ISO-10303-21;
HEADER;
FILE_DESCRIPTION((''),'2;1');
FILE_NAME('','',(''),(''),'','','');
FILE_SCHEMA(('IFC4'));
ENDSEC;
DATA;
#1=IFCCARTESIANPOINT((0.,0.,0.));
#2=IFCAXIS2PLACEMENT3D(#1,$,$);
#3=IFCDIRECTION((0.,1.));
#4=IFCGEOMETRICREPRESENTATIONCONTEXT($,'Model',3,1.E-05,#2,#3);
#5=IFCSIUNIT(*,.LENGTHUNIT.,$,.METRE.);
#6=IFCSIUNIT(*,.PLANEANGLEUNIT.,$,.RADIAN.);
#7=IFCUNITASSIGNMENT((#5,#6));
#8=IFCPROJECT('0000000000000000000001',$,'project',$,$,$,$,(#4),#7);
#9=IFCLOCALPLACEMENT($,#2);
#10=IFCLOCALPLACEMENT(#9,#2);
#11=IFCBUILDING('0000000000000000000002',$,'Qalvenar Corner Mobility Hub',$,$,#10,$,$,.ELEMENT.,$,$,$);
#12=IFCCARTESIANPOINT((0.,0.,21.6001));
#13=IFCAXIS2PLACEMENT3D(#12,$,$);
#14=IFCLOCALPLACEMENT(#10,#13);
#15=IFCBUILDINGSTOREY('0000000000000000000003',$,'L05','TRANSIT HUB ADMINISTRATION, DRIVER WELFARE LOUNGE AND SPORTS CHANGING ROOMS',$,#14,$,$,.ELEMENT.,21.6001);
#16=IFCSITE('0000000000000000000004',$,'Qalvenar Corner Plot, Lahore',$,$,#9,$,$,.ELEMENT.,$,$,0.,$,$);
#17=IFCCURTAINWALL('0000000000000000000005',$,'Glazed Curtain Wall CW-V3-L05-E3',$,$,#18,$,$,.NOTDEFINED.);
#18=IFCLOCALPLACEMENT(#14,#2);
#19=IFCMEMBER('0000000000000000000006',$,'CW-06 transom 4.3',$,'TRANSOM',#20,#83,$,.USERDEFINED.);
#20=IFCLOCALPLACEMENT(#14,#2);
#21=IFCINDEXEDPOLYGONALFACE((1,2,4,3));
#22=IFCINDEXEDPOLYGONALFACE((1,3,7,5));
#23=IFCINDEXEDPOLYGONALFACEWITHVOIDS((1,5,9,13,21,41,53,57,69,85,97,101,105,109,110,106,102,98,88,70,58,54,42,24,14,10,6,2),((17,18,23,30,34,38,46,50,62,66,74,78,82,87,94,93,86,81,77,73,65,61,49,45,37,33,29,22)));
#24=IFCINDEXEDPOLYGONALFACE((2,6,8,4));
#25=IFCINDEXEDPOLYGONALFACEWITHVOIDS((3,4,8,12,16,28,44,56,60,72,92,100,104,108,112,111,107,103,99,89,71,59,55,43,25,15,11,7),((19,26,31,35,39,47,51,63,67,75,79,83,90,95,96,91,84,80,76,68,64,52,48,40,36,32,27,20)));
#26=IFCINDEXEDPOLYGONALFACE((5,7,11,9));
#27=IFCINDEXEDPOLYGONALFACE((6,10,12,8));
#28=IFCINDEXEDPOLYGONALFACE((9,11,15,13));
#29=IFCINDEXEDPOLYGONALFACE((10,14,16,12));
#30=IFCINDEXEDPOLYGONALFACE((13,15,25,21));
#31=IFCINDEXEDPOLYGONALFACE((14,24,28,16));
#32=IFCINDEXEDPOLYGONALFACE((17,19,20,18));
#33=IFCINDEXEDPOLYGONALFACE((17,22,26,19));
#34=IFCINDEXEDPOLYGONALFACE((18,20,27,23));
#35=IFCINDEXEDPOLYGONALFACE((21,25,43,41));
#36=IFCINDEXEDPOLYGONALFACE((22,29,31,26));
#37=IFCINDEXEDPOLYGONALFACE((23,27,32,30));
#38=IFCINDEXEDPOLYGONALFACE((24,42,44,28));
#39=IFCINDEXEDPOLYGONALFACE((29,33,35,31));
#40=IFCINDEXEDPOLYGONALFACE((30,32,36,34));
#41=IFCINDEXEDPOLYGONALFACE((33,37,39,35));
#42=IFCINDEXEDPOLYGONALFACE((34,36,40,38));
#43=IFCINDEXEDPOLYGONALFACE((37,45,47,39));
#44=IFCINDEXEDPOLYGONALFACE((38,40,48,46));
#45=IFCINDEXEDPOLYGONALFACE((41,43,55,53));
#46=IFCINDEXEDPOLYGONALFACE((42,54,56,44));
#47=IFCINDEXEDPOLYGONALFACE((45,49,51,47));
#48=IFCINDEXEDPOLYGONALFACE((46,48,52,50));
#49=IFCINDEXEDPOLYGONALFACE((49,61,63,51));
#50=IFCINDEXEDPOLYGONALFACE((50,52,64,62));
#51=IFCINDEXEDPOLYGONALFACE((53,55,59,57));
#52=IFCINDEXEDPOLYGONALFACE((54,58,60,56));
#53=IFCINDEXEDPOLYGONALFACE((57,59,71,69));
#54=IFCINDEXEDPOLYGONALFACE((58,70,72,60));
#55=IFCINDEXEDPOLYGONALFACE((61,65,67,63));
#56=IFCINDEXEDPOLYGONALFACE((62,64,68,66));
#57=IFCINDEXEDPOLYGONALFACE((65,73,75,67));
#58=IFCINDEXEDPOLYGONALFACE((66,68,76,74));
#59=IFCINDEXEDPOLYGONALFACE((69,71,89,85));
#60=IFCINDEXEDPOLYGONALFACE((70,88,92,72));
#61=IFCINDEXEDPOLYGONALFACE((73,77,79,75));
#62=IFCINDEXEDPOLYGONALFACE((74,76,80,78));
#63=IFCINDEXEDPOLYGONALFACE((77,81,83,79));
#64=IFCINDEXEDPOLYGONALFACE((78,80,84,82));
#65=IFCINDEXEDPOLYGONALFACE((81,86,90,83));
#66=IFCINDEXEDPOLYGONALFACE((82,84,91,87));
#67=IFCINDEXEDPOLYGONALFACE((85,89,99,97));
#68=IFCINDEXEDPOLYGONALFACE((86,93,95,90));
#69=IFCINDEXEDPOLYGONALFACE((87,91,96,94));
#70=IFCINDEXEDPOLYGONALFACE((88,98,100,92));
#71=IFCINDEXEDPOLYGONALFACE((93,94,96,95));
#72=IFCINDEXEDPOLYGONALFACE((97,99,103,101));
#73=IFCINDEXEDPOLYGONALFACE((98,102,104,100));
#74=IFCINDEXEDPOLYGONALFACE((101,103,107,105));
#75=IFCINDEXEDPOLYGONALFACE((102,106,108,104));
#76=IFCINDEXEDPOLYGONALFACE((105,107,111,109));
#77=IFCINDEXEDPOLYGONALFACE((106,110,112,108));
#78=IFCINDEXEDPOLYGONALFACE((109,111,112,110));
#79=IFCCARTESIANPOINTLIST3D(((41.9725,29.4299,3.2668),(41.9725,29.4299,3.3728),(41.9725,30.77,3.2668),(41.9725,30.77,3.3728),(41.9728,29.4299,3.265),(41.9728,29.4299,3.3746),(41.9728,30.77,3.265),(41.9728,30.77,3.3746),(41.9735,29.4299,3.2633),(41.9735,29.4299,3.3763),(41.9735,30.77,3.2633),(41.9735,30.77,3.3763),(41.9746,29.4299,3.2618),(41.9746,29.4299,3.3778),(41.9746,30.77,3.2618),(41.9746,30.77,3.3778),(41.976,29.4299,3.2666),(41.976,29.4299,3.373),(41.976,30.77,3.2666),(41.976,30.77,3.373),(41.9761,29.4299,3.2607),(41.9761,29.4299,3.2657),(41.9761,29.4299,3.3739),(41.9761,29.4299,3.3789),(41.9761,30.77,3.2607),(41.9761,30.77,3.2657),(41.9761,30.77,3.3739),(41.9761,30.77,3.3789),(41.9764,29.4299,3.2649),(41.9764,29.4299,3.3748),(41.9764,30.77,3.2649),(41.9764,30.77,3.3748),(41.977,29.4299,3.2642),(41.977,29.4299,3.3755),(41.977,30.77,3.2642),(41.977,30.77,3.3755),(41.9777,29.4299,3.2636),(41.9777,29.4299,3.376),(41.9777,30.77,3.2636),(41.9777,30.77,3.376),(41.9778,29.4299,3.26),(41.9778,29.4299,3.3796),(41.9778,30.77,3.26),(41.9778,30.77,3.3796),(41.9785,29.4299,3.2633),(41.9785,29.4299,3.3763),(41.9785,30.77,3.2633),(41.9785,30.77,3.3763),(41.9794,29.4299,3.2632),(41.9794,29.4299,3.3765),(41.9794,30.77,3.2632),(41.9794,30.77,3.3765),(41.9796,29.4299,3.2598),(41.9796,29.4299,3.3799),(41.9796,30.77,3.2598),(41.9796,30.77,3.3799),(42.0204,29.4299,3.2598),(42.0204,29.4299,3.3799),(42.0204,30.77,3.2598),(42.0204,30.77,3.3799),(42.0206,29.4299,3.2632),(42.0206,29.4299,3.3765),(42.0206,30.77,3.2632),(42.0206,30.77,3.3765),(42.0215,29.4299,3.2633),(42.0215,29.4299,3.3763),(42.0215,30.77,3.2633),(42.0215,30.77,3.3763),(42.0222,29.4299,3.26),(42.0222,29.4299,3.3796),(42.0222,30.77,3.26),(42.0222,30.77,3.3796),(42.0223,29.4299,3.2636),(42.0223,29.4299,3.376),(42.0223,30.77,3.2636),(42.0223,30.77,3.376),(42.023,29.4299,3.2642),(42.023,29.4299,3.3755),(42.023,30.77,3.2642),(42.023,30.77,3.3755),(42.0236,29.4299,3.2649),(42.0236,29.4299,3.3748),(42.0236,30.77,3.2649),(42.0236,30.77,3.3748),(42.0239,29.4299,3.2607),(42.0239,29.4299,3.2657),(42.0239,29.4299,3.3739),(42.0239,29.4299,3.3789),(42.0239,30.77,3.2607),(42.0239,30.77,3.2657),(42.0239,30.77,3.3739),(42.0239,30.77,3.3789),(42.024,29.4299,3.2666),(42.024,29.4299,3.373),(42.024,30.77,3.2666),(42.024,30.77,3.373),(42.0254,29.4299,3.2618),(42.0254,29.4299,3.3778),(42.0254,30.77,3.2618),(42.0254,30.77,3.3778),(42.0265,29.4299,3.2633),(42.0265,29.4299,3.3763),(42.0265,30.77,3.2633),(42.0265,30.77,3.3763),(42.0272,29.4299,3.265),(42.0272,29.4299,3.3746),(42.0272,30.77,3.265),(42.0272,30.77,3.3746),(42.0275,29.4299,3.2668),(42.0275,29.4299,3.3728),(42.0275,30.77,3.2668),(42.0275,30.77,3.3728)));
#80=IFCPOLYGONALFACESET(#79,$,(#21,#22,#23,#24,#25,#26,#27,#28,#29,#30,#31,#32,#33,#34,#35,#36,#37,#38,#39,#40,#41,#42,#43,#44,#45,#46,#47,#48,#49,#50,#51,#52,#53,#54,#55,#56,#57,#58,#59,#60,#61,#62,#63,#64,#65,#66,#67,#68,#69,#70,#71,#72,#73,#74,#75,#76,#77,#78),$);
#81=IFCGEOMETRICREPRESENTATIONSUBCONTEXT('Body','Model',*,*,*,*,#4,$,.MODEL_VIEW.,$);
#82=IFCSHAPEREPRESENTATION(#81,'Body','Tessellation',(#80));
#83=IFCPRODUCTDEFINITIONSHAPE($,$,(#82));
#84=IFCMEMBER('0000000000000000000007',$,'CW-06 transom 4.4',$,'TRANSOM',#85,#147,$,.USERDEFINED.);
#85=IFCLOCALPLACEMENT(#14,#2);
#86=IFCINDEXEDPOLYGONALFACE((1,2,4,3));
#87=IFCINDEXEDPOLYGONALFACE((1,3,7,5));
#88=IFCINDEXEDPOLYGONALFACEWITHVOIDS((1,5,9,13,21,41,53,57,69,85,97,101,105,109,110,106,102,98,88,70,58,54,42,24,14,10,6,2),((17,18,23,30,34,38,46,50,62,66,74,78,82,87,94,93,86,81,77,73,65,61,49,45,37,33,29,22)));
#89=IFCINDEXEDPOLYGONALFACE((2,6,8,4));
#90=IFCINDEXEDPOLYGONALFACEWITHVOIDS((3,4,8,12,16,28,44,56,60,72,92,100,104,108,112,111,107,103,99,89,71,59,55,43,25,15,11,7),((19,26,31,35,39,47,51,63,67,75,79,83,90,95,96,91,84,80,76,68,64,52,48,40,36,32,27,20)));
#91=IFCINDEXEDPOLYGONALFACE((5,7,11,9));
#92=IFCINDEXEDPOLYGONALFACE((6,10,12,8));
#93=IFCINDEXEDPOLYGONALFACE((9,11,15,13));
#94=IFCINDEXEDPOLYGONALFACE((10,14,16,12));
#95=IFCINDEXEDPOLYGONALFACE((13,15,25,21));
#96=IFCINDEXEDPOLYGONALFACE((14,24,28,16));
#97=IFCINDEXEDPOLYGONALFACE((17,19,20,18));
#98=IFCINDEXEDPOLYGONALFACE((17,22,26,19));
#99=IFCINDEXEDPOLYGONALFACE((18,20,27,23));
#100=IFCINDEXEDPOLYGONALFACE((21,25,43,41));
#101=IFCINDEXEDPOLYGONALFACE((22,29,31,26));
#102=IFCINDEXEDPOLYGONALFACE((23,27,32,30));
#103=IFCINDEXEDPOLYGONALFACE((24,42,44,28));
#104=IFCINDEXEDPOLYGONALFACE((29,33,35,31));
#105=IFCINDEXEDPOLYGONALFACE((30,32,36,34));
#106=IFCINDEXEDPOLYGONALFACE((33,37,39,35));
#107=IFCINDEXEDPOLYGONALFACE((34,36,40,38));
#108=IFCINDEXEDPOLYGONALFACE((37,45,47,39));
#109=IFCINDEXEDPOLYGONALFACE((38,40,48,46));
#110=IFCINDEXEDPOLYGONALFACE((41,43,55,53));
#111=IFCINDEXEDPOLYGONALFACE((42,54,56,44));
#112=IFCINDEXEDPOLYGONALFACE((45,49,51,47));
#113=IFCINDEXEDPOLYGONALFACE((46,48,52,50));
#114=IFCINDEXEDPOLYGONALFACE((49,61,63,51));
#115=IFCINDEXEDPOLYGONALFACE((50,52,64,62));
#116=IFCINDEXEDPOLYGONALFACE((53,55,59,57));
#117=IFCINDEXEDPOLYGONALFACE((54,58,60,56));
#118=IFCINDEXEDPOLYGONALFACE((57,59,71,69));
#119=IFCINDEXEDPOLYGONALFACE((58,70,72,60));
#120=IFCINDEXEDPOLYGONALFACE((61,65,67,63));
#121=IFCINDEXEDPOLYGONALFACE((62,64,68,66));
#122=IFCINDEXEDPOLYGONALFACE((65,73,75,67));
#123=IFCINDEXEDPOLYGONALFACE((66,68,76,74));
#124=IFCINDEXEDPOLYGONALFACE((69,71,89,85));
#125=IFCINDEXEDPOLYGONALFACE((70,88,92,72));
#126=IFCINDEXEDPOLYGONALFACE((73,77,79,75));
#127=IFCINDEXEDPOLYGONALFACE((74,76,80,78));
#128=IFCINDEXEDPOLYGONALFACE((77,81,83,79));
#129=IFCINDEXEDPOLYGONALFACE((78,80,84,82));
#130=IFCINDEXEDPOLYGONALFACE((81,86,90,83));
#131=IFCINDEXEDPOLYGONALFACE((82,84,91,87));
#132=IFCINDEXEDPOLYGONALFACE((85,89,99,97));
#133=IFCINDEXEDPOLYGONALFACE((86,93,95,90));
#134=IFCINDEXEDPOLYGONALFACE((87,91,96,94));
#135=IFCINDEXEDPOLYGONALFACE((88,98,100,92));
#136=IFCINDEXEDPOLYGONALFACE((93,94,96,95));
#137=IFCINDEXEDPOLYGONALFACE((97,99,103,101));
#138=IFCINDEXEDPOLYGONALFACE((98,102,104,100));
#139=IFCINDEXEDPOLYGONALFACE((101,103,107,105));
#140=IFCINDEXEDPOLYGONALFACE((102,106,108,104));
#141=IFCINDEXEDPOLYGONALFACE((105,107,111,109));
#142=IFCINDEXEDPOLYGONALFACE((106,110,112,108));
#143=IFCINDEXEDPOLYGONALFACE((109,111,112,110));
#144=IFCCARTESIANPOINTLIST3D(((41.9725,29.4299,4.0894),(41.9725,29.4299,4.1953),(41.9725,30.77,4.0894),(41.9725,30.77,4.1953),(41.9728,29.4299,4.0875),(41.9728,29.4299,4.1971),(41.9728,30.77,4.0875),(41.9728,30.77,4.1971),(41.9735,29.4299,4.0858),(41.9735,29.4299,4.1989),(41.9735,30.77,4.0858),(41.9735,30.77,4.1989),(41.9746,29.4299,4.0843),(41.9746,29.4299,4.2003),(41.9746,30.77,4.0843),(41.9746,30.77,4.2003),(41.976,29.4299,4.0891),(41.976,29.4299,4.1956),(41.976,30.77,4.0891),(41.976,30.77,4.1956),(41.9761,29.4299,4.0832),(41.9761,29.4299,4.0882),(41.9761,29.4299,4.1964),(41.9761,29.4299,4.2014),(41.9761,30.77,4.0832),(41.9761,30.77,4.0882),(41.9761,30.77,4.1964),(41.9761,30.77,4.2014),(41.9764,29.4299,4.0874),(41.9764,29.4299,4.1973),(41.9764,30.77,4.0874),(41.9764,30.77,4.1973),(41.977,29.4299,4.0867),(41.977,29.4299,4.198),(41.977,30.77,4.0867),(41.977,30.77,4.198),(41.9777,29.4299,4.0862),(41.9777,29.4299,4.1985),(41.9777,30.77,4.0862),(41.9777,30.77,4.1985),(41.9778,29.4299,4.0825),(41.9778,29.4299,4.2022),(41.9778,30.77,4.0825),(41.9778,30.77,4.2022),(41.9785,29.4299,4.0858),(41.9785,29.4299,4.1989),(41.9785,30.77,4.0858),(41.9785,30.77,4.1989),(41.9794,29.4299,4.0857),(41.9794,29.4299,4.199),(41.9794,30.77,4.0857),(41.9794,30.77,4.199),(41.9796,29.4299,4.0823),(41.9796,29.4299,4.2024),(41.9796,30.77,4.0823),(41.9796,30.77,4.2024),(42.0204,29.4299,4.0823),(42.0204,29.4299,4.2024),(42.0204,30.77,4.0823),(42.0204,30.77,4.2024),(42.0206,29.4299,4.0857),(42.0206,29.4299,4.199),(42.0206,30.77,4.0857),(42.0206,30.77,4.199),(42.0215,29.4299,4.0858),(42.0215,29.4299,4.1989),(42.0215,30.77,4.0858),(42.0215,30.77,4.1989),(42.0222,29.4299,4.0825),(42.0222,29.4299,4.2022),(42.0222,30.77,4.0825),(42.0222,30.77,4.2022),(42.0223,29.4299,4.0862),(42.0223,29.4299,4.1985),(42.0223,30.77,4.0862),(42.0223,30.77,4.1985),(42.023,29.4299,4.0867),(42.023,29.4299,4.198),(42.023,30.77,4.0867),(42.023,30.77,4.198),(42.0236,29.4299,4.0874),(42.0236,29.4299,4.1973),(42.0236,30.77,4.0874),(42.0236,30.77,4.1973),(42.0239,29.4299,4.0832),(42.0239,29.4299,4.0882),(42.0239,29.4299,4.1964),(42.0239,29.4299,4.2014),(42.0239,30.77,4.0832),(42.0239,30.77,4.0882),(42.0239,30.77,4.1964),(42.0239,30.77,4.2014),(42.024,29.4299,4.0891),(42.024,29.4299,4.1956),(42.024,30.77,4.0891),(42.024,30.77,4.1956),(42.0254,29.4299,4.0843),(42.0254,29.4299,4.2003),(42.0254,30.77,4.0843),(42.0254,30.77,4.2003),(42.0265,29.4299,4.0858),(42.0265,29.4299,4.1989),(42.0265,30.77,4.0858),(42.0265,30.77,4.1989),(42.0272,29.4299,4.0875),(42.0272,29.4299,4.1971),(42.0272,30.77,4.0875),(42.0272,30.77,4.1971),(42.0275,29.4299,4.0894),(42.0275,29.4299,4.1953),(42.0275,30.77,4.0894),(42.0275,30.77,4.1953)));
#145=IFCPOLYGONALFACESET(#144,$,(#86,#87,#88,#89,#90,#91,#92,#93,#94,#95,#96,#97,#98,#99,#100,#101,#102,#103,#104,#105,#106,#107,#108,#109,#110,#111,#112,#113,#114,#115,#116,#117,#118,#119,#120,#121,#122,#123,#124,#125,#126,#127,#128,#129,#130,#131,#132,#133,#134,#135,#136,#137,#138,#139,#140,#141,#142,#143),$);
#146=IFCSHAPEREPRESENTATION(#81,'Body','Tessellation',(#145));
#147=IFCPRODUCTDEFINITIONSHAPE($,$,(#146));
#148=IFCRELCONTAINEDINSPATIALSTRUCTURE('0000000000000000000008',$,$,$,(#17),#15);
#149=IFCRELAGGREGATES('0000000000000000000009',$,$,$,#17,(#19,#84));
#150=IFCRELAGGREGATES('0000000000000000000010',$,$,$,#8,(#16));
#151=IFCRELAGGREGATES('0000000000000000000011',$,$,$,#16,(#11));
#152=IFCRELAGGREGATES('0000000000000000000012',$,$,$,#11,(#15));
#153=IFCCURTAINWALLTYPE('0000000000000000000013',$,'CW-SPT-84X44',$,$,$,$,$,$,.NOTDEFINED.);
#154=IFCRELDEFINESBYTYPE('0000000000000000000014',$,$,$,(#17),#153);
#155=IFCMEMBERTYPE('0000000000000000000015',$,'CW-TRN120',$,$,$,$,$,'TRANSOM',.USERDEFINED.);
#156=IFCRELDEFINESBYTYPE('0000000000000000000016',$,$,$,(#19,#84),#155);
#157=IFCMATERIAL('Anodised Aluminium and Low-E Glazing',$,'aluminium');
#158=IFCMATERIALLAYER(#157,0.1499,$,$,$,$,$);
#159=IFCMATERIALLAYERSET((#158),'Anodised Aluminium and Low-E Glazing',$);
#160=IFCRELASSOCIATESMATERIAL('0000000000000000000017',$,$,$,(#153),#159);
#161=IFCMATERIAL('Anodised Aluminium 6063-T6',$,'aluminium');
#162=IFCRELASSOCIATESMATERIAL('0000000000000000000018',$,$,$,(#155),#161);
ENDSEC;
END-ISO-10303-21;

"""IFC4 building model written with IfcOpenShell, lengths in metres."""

from ifc_helpers import new_model, si_unit, direction, frame, origin, origin_2d, place, context, subcontext, project, spatial, hollow_rectangle, extrude, material, layer, layer_set, material_profile, profile_set, type_object, element, aggregate, save


model = new_model("IFC4")

# Units and contexts
model_context = context("Model", 3, precision=1e-05, world=origin(), true_north=direction((0.0, 1.0)))
body_context = subcontext(model_context, "Body", "Model", "MODEL_VIEW")
ifc_project = project(units=[si_unit("LENGTHUNIT", "METRE"), si_unit("PLANEANGLEUNIT", "RADIAN")], contexts=[model_context])

# Site, building, storey
site_placement = place(None, origin())
site = spatial("IfcSite", under=ifc_project, at=site_placement, Name="Qalvenar Corner Plot, Lahore", CompositionType="ELEMENT", RefElevation=0.0)
building_placement = place(site_placement, origin())
building = spatial("IfcBuilding", under=site, at=building_placement, Name="Qalvenar Corner Mobility Hub", CompositionType="ELEMENT")
storey_placement = place(building_placement, frame((0.0, 0.0, 21.6001)))
storey = spatial("IfcBuildingStorey", under=building, at=storey_placement, Name="L05", Description="TRANSIT HUB ADMINISTRATION, DRIVER WELFARE LOUNGE AND SPORTS CHANGING ROOMS", CompositionType="ELEMENT", Elevation=21.6001)

# Curtain wall, members
ifc_material_1 = material(Name="Anodised Aluminium and Low-E Glazing", Category="aluminium")
ifc_layer_1 = layer(ifc_material_1, 0.1499)
ifc_layer_set_1 = layer_set([ifc_layer_1], Name="Anodised Aluminium and Low-E Glazing")
curtain_wall_type = type_object("IfcCurtainWallType", Name="CW-SPT-84X44", PredefinedType="NOTDEFINED", material=ifc_layer_set_1)
curtain_wall_placement = place(storey_placement, origin())
curtain_wall = element("IfcCurtainWall", 1, at=curtain_wall_placement, inside=storey, type_object=curtain_wall_type, Name="Glazed Curtain Wall CW-V3-L05-E3", PredefinedType="NOTDEFINED")
ifc_material_2 = material(Name="Anodised Aluminium 6063-T6", Category="aluminium")
ifc_material_profile_1 = material_profile(ifc_material_2, hollow_rectangle(XDim=0.0549, YDim=0.1201, WallThickness=0.0034, InnerFilletRadius=0.0034, OuterFilletRadius=0.0071, at=origin_2d()), Name="RHS120x55x3.5")
ifc_profile_set_1 = profile_set([ifc_material_profile_1], Name="Anodised Aluminium 6063-T6")
member_type_1 = type_object("IfcMemberType", Name="CW-TRN120", ElementType="TRANSOM", PredefinedType="USERDEFINED", material=ifc_profile_set_1)
member_1_placement = place(storey_placement, frame((42.0, 29.4299, 3.3198), z_axis=(0.0, 1.0, 0.0), x_axis=(-1.0, 0.0, 0.0)))
member_1 = element("IfcMember", 2, at=member_1_placement, type_object=member_type_1, Name="CW-06 transom 4.3", ObjectType="TRANSOM", PredefinedType="USERDEFINED", context=body_context, shape_type="SweptSolid", body=[
    extrude(hollow_rectangle(XDim=0.0549, YDim=0.1201, WallThickness=0.0034, InnerFilletRadius=0.0034, OuterFilletRadius=0.0071, at=origin_2d()), origin(), (0.0, 0.0, 1.0), 1.3401),
])
member_2_placement = place(storey_placement, frame((42.0, 29.4299, 4.1423), z_axis=(0.0, 1.0, 0.0), x_axis=(-1.0, 0.0, 0.0)))
member_2 = element("IfcMember", 3, at=member_2_placement, type_object=member_type_1, Name="CW-06 transom 4.4", ObjectType="TRANSOM", PredefinedType="USERDEFINED", context=body_context, shape_type="SweptSolid", body=[
    extrude(hollow_rectangle(XDim=0.0549, YDim=0.1201, WallThickness=0.0034, InnerFilletRadius=0.0034, OuterFilletRadius=0.0071, at=origin_2d()), origin(), (0.0, 0.0, 1.0), 1.3401),
])
aggregate(curtain_wall, [member_1, member_2])

save(model, "model.ifc")
